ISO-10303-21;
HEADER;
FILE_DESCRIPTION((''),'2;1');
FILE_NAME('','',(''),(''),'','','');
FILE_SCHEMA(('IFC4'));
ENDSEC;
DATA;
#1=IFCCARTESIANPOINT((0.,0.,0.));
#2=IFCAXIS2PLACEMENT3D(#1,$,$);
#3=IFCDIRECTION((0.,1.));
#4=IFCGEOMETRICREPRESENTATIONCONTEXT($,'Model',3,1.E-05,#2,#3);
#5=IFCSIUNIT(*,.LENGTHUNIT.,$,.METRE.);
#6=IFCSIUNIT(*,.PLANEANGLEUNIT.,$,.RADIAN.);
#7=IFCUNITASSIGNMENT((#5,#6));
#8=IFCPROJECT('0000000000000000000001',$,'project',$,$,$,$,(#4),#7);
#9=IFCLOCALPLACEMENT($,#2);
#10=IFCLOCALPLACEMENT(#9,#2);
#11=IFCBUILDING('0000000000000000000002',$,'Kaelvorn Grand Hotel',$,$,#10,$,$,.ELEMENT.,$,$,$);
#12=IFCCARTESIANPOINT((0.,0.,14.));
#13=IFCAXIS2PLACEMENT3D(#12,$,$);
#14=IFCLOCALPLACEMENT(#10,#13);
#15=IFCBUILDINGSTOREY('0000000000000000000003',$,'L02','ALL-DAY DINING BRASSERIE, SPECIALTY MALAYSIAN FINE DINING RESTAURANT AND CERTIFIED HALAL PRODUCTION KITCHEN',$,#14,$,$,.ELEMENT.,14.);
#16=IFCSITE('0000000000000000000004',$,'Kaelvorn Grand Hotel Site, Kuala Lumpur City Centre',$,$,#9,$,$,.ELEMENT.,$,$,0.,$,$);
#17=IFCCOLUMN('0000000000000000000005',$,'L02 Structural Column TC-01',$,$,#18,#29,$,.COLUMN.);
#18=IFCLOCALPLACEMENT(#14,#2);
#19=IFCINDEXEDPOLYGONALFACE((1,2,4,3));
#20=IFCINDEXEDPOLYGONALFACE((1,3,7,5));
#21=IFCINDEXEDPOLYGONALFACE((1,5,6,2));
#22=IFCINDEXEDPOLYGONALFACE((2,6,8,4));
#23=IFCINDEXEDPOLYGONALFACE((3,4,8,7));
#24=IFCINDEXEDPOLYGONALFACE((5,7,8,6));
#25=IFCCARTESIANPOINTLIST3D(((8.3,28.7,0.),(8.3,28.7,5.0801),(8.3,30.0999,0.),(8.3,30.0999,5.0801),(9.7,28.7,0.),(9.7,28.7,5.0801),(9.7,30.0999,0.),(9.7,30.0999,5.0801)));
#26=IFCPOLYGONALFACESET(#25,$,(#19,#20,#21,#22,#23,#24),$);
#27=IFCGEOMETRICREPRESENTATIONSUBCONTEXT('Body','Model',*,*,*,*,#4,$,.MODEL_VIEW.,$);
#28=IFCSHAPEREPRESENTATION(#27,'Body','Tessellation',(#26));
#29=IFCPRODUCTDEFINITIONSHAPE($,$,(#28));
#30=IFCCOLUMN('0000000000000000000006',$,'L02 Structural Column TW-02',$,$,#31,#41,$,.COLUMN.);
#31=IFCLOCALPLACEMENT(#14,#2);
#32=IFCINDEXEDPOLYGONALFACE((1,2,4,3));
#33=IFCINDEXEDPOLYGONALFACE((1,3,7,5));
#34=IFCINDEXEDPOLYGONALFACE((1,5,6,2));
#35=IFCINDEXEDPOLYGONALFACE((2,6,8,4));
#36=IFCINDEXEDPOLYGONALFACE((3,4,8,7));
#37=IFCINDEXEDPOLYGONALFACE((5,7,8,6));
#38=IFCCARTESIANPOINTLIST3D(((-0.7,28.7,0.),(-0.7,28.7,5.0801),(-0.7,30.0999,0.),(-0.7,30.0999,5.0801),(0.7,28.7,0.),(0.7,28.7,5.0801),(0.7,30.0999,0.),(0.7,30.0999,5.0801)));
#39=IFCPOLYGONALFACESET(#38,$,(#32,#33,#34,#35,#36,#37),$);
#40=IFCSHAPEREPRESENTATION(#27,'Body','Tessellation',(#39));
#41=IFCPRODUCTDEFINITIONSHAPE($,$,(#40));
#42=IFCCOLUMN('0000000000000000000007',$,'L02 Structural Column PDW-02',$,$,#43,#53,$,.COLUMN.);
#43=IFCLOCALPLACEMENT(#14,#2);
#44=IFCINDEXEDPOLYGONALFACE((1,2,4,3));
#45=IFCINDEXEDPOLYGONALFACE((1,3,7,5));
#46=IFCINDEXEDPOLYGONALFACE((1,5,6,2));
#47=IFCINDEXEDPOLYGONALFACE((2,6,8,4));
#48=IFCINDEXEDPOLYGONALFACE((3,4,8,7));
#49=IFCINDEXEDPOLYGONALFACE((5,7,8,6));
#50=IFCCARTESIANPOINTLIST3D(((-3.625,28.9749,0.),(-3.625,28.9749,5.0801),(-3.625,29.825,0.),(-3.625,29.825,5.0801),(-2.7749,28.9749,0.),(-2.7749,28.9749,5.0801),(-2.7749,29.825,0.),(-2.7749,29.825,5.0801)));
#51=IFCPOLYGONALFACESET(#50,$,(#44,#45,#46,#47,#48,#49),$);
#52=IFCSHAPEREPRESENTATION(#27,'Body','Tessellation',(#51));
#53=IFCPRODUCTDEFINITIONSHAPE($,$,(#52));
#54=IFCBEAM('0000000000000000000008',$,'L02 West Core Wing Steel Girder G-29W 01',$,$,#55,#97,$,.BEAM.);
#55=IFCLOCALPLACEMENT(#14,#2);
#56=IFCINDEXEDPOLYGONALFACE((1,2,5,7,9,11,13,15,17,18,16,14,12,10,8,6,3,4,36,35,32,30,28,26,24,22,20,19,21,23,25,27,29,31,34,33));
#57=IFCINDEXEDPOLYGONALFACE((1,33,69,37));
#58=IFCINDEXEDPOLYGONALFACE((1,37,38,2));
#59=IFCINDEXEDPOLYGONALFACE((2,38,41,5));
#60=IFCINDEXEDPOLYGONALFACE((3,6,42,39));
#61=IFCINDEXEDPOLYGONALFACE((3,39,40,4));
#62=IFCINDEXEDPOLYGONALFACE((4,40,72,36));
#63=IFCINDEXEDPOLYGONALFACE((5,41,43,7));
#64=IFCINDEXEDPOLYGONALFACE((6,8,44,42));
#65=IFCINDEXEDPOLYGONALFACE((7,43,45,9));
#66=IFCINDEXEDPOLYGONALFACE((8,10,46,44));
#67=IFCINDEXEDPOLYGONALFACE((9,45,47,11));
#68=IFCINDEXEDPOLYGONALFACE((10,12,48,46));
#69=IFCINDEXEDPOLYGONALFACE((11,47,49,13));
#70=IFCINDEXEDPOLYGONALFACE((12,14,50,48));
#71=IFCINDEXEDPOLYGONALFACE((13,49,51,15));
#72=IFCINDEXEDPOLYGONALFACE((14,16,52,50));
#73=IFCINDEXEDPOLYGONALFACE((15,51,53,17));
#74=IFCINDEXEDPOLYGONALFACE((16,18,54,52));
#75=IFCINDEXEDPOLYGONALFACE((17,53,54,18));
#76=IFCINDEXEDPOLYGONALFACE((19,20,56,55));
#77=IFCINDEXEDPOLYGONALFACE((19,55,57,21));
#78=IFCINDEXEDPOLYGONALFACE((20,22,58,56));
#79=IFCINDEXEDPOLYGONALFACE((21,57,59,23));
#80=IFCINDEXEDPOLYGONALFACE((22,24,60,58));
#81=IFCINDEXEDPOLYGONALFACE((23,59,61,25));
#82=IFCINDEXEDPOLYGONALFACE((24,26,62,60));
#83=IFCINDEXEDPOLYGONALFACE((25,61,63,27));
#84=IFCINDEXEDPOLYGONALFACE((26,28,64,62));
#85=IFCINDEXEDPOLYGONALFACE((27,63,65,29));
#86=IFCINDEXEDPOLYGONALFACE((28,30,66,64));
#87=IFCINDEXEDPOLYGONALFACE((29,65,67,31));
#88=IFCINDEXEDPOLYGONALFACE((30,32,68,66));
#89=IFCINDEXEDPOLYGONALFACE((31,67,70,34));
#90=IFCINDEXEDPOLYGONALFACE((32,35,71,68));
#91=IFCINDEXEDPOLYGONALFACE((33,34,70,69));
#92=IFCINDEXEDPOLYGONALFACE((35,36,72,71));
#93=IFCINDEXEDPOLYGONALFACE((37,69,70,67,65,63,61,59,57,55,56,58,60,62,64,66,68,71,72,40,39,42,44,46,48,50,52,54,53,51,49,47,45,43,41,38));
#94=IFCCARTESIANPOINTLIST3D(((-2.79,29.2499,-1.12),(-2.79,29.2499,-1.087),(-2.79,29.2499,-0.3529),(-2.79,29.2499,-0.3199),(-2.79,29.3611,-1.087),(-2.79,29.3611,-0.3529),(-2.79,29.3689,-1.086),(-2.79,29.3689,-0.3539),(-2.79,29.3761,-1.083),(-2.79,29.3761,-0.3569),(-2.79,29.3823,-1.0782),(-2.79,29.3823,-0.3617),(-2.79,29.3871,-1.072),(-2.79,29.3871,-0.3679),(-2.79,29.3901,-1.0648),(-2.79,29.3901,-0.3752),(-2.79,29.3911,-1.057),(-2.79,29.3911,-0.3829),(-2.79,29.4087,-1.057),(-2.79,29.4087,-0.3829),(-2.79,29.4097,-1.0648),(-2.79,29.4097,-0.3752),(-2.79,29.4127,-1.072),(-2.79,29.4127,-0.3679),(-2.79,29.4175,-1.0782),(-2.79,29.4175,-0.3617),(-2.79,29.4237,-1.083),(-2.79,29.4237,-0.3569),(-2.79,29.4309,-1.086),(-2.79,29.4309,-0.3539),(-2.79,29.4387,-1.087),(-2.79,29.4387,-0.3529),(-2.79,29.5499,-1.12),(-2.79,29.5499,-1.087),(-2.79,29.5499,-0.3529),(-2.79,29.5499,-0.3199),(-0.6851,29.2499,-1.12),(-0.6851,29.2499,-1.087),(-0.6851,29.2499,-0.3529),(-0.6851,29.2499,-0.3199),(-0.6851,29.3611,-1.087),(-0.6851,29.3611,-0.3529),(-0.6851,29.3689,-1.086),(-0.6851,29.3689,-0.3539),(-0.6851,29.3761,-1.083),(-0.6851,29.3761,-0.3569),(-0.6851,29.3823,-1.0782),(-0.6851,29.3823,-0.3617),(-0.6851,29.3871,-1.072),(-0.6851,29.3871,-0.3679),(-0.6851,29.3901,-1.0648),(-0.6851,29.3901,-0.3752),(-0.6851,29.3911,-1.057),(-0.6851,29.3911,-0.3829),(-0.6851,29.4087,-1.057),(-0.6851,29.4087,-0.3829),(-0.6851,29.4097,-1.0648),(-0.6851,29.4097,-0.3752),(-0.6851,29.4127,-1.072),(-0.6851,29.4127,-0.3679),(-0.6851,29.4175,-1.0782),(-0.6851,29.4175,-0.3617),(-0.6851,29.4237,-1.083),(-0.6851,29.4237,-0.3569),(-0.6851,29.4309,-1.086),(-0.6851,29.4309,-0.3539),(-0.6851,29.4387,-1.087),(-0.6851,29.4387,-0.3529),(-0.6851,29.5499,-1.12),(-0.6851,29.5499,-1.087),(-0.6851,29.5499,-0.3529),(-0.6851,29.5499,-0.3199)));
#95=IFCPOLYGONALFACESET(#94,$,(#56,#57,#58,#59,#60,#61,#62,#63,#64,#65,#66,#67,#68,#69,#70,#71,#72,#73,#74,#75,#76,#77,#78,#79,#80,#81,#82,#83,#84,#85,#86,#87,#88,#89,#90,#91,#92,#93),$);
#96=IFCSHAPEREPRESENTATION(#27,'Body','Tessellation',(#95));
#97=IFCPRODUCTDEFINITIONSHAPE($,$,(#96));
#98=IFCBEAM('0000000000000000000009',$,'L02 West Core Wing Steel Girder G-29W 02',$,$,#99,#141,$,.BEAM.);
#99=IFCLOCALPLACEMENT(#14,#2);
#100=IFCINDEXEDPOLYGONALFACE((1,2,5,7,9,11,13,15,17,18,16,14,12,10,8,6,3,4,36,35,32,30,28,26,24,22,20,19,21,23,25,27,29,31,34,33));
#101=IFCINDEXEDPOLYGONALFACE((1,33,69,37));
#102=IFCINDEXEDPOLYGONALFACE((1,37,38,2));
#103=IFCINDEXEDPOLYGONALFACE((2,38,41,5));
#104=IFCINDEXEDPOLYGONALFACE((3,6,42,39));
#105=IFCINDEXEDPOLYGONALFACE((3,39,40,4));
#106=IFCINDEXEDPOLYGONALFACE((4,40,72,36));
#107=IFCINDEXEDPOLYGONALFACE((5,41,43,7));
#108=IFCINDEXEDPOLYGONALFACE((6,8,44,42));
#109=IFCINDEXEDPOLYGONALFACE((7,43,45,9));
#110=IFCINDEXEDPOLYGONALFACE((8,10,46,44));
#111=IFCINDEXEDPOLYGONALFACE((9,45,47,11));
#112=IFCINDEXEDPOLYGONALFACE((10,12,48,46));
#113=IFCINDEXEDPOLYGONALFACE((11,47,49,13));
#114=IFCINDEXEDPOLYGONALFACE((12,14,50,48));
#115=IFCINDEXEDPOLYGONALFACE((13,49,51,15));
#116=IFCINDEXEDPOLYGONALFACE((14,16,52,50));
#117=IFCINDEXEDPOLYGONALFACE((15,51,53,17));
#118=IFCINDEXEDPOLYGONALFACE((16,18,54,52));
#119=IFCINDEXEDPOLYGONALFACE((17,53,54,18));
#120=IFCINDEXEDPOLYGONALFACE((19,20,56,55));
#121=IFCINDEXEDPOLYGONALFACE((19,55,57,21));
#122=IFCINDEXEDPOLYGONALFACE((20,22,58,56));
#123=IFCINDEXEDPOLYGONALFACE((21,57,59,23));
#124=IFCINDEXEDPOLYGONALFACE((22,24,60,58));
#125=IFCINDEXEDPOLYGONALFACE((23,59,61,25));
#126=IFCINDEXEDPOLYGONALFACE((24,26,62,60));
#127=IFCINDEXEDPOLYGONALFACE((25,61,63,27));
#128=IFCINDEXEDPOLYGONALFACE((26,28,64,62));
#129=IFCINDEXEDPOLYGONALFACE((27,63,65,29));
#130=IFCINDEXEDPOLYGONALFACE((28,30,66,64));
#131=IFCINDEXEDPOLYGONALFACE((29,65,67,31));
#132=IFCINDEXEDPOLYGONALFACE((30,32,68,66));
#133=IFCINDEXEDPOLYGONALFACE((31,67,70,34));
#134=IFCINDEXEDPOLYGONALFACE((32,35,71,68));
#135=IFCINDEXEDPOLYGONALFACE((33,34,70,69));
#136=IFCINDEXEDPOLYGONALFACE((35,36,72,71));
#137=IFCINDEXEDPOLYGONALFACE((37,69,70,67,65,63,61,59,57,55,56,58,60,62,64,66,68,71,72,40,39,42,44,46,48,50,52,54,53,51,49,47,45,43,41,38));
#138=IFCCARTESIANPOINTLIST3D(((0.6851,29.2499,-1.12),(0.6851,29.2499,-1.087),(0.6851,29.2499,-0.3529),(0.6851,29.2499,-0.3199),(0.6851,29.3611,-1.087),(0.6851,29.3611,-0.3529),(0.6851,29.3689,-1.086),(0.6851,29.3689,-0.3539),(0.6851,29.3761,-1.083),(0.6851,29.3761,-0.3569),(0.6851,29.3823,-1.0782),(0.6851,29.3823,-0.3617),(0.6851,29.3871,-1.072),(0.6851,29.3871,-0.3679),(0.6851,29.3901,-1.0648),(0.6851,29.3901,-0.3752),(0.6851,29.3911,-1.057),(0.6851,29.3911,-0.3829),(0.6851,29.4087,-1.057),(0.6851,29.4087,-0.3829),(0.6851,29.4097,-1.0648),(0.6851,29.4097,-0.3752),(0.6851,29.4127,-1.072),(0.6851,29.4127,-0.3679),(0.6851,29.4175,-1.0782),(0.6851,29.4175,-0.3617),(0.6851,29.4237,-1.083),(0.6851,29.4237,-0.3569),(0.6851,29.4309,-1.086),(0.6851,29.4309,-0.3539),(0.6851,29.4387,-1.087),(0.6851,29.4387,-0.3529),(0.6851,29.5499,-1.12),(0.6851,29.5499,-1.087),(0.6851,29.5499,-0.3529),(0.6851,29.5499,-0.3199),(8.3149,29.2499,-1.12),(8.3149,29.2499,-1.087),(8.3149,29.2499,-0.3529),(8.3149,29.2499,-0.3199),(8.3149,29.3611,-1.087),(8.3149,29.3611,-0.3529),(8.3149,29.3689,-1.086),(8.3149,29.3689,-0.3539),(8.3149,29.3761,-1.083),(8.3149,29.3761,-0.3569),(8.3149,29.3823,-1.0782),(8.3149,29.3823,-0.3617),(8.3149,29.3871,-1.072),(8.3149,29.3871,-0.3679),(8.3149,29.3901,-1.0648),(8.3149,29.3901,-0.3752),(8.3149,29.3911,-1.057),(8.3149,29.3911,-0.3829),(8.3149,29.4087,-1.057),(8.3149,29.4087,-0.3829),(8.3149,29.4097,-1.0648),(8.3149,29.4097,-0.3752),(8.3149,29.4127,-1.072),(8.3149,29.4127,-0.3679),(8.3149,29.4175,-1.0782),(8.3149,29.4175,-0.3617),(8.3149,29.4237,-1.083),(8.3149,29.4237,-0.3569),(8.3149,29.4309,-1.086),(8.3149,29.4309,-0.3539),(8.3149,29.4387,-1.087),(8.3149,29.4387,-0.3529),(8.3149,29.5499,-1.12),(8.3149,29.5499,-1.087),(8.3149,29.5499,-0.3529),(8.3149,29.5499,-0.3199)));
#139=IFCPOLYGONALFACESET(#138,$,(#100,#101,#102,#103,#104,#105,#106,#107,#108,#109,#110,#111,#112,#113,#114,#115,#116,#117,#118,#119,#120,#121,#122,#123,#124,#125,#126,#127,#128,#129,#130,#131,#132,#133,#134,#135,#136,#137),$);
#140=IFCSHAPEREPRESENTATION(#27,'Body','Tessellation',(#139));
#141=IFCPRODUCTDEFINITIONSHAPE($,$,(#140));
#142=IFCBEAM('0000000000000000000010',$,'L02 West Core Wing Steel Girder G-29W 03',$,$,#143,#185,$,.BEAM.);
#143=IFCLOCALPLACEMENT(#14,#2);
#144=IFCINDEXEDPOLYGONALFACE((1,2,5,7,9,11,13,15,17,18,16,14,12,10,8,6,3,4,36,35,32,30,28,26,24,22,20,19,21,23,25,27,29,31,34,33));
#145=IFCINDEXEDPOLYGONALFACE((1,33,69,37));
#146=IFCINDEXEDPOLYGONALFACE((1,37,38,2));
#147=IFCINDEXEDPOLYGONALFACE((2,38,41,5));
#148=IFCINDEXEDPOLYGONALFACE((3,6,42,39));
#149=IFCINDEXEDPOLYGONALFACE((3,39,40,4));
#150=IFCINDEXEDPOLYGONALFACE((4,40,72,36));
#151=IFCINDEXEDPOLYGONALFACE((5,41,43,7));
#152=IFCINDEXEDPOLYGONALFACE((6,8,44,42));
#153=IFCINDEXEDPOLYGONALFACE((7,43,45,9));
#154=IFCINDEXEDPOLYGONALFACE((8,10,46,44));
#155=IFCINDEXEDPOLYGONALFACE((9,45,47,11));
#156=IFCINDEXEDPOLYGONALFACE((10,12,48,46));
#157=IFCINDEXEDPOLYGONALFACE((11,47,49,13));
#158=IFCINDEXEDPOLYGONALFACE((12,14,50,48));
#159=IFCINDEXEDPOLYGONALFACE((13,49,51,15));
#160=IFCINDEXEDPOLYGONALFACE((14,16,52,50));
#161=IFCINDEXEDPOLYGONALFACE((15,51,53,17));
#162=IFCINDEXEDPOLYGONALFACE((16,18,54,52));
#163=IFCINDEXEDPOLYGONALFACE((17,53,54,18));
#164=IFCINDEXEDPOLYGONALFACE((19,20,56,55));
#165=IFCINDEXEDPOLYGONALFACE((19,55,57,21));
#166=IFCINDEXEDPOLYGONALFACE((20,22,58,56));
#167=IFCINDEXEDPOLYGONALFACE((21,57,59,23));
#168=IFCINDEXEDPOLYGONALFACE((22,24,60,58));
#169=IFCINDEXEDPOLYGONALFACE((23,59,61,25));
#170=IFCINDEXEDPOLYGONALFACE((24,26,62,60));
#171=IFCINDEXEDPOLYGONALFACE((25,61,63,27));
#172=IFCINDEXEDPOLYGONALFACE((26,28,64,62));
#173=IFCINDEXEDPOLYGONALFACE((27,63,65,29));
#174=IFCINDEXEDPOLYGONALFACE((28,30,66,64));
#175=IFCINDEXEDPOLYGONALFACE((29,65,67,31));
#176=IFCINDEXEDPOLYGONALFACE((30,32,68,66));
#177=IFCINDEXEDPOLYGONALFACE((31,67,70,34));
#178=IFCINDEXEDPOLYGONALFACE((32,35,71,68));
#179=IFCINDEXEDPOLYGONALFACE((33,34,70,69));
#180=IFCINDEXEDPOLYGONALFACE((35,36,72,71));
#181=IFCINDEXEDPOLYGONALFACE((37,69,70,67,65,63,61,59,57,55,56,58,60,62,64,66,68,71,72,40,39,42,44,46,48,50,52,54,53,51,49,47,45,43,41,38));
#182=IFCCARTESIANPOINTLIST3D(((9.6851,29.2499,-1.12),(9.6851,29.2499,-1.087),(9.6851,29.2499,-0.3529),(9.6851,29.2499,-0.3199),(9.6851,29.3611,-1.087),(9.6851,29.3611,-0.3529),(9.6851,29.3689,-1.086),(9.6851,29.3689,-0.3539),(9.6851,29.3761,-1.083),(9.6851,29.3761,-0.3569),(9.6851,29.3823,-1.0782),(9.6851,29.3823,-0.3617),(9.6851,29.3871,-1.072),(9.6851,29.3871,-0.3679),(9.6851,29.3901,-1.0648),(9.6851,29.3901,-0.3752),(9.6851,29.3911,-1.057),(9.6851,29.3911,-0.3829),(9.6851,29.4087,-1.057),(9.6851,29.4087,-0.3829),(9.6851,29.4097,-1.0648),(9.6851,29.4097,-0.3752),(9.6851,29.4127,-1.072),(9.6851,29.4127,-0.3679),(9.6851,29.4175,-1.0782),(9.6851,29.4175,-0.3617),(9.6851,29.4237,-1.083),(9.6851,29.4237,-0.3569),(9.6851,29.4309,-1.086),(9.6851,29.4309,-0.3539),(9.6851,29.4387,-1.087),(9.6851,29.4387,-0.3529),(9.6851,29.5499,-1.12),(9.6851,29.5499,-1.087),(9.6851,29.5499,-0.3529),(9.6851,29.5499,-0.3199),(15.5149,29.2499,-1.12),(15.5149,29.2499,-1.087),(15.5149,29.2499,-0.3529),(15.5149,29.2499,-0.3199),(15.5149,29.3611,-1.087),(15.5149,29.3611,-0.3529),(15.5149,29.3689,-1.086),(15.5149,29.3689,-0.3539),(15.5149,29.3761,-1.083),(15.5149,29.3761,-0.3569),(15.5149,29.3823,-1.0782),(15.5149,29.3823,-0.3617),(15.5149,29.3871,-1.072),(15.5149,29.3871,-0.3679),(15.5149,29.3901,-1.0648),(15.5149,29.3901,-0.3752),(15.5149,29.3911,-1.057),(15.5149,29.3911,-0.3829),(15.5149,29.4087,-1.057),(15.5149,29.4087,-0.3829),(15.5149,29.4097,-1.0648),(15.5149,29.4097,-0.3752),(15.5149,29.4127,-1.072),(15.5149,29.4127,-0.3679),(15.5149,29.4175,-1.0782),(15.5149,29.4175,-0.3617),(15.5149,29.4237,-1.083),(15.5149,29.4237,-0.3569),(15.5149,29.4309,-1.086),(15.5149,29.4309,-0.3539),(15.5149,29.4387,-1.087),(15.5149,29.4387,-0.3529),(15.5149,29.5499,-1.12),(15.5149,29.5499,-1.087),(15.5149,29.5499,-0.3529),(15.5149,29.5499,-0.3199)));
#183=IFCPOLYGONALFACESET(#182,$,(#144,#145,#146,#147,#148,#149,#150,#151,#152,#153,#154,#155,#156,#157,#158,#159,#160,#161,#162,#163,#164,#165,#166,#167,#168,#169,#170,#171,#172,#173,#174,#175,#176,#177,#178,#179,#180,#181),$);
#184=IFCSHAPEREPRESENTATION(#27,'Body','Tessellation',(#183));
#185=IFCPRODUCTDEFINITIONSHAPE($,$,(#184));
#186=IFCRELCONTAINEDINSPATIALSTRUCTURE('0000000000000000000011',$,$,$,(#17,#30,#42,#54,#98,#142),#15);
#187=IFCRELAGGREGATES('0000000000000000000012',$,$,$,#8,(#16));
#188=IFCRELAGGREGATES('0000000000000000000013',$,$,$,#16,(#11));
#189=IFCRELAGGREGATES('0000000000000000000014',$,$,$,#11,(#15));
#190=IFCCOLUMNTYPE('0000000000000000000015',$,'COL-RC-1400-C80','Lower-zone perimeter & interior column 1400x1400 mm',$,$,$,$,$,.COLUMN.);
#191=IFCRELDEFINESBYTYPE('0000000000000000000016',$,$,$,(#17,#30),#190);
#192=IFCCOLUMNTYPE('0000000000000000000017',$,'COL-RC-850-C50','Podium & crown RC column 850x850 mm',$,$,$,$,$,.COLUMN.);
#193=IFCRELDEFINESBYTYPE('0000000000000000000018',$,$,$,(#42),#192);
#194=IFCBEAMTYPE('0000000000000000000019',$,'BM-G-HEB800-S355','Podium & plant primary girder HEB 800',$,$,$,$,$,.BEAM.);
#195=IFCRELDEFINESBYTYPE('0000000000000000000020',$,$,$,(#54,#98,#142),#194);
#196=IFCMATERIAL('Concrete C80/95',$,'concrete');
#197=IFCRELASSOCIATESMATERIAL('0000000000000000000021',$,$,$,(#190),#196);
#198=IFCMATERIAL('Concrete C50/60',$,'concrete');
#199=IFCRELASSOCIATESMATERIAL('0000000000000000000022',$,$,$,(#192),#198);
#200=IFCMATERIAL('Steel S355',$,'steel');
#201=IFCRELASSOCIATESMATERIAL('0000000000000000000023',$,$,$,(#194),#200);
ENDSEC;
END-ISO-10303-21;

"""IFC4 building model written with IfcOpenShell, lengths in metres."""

from ifc_helpers import new_model, si_unit, direction, frame, origin, origin_2d, place, context, subcontext, project, spatial, rectangle, i_section, extrude, material, material_profile, profile_set, type_object, element, save


model = new_model("IFC4")

# Units and contexts
model_context = context("Model", 3, precision=1e-05, world=origin(), true_north=direction((0.0, 1.0)))
body_context = subcontext(model_context, "Body", "Model", "MODEL_VIEW")
ifc_project = project(units=[si_unit("LENGTHUNIT", "METRE"), si_unit("PLANEANGLEUNIT", "RADIAN")], contexts=[model_context])

# Site, building, storey
site_placement = place(None, origin())
site = spatial("IfcSite", under=ifc_project, at=site_placement, Name="Kaelvorn Grand Hotel Site, Kuala Lumpur City Centre", CompositionType="ELEMENT", RefElevation=0.0)
building_placement = place(site_placement, origin())
building = spatial("IfcBuilding", under=site, at=building_placement, Name="Kaelvorn Grand Hotel", CompositionType="ELEMENT")
storey_placement = place(building_placement, frame((0.0, 0.0, 14.0)))
storey = spatial("IfcBuildingStorey", under=building, at=storey_placement, Name="L02", Description="ALL-DAY DINING BRASSERIE, SPECIALTY MALAYSIAN FINE DINING RESTAURANT AND CERTIFIED HALAL PRODUCTION KITCHEN", CompositionType="ELEMENT", Elevation=14.0)

# Columns
ifc_material_1 = material(Name="Concrete C80/95", Category="concrete")
ifc_material_profile_1 = material_profile(ifc_material_1, rectangle(XDim=1.3999, YDim=1.3999, at=origin_2d()), Name="RC COL 1400x1400")
ifc_profile_set_1 = profile_set([ifc_material_profile_1], Name="Concrete C80/95")
column_type_1 = type_object("IfcColumnType", Name="COL-RC-1400-C80", Description="Lower-zone perimeter & interior column 1400x1400 mm", PredefinedType="COLUMN", material=ifc_profile_set_1)
for number, where, z_axis, x_axis, name in (
    (1, (9.0, 29.3999, 0.0), (0.0, 0.0, 1.0), (1.0, 0.0, 0.0), "L02 Structural Column TC-01"),
    (2, (0.0, 29.3999, 0.0), (0.0, 0.0, 1.0), (1.0, 0.0, 0.0), "L02 Structural Column TW-02"),
):
    element("IfcColumn", number, at=place(storey_placement, frame(where, z_axis=z_axis, x_axis=x_axis)), inside=storey, type_object=column_type_1, Name=name, PredefinedType="COLUMN", context=body_context, shape_type="SweptSolid", body=[
        extrude(rectangle(XDim=1.3999, YDim=1.3999, at=origin_2d()), origin(), (0.0, 0.0, 1.0), 5.0801),
    ])
ifc_material_2 = material(Name="Concrete C50/60", Category="concrete")
ifc_material_profile_2 = material_profile(ifc_material_2, rectangle(XDim=0.8501, YDim=0.8501, at=origin_2d()), Name="RC COL 850x850")
ifc_profile_set_2 = profile_set([ifc_material_profile_2], Name="Concrete C50/60")
column_type_2 = type_object("IfcColumnType", Name="COL-RC-850-C50", Description="Podium & crown RC column 850x850 mm", PredefinedType="COLUMN", material=ifc_profile_set_2)
column_placement = place(storey_placement, frame((-3.2, 29.3999, 0.0), z_axis=(0.0, 0.0, 1.0), x_axis=(1.0, 0.0, 0.0)))
element("IfcColumn", 3, at=column_placement, inside=storey, type_object=column_type_2, Name="L02 Structural Column PDW-02", PredefinedType="COLUMN", context=body_context, shape_type="SweptSolid", body=[
    extrude(rectangle(XDim=0.8501, YDim=0.8501, at=origin_2d()), origin(), (0.0, 0.0, 1.0), 5.0801),
])

# Beams
ifc_material_3 = material(Name="Steel S355", Category="steel")
ifc_material_profile_3 = material_profile(ifc_material_3, i_section(OverallWidth=0.3, OverallDepth=0.8, WebThickness=0.0176, FlangeThickness=0.033, FilletRadius=0.03, at=origin_2d()), Name="HEB 800")
ifc_profile_set_3 = profile_set([ifc_material_profile_3], Name="Steel S355")
beam_type_1 = type_object("IfcBeamType", Name="BM-G-HEB800-S355", Description="Podium & plant primary girder HEB 800", PredefinedType="BEAM", material=ifc_profile_set_3)
beam_1_placement = place(storey_placement, frame((-2.79, 29.3999, -0.72), z_axis=(1.0, 0.0, 0.0), x_axis=(0.0, 1.0, 0.0)))
element("IfcBeam", 4, at=beam_1_placement, inside=storey, type_object=beam_type_1, Name="L02 West Core Wing Steel Girder G-29W 01", PredefinedType="BEAM", context=body_context, shape_type="SweptSolid", body=[
    extrude(i_section(OverallWidth=0.3, OverallDepth=0.8, WebThickness=0.0176, FlangeThickness=0.033, FilletRadius=0.03, at=origin_2d()), origin(), (0.0, 0.0, 1.0), 2.105),
])
beam_2_placement = place(storey_placement, frame((0.6851, 29.3999, -0.72), z_axis=(1.0, 0.0, 0.0), x_axis=(0.0, 1.0, 0.0)))
element("IfcBeam", 5, at=beam_2_placement, inside=storey, type_object=beam_type_1, Name="L02 West Core Wing Steel Girder G-29W 02", PredefinedType="BEAM", context=body_context, shape_type="SweptSolid", body=[
    extrude(i_section(OverallWidth=0.3, OverallDepth=0.8, WebThickness=0.0176, FlangeThickness=0.033, FilletRadius=0.03, at=origin_2d()), origin(), (0.0, 0.0, 1.0), 7.6299),
])
beam_3_placement = place(storey_placement, frame((9.6851, 29.3999, -0.72), z_axis=(1.0, 0.0, 0.0), x_axis=(0.0, 1.0, 0.0)))
element("IfcBeam", 6, at=beam_3_placement, inside=storey, type_object=beam_type_1, Name="L02 West Core Wing Steel Girder G-29W 03", PredefinedType="BEAM", context=body_context, shape_type="SweptSolid", body=[
    extrude(i_section(OverallWidth=0.3, OverallDepth=0.8, WebThickness=0.0176, FlangeThickness=0.033, FilletRadius=0.03, at=origin_2d()), origin(), (0.0, 0.0, 1.0), 5.8298),
])

save(model, "model.ifc")
